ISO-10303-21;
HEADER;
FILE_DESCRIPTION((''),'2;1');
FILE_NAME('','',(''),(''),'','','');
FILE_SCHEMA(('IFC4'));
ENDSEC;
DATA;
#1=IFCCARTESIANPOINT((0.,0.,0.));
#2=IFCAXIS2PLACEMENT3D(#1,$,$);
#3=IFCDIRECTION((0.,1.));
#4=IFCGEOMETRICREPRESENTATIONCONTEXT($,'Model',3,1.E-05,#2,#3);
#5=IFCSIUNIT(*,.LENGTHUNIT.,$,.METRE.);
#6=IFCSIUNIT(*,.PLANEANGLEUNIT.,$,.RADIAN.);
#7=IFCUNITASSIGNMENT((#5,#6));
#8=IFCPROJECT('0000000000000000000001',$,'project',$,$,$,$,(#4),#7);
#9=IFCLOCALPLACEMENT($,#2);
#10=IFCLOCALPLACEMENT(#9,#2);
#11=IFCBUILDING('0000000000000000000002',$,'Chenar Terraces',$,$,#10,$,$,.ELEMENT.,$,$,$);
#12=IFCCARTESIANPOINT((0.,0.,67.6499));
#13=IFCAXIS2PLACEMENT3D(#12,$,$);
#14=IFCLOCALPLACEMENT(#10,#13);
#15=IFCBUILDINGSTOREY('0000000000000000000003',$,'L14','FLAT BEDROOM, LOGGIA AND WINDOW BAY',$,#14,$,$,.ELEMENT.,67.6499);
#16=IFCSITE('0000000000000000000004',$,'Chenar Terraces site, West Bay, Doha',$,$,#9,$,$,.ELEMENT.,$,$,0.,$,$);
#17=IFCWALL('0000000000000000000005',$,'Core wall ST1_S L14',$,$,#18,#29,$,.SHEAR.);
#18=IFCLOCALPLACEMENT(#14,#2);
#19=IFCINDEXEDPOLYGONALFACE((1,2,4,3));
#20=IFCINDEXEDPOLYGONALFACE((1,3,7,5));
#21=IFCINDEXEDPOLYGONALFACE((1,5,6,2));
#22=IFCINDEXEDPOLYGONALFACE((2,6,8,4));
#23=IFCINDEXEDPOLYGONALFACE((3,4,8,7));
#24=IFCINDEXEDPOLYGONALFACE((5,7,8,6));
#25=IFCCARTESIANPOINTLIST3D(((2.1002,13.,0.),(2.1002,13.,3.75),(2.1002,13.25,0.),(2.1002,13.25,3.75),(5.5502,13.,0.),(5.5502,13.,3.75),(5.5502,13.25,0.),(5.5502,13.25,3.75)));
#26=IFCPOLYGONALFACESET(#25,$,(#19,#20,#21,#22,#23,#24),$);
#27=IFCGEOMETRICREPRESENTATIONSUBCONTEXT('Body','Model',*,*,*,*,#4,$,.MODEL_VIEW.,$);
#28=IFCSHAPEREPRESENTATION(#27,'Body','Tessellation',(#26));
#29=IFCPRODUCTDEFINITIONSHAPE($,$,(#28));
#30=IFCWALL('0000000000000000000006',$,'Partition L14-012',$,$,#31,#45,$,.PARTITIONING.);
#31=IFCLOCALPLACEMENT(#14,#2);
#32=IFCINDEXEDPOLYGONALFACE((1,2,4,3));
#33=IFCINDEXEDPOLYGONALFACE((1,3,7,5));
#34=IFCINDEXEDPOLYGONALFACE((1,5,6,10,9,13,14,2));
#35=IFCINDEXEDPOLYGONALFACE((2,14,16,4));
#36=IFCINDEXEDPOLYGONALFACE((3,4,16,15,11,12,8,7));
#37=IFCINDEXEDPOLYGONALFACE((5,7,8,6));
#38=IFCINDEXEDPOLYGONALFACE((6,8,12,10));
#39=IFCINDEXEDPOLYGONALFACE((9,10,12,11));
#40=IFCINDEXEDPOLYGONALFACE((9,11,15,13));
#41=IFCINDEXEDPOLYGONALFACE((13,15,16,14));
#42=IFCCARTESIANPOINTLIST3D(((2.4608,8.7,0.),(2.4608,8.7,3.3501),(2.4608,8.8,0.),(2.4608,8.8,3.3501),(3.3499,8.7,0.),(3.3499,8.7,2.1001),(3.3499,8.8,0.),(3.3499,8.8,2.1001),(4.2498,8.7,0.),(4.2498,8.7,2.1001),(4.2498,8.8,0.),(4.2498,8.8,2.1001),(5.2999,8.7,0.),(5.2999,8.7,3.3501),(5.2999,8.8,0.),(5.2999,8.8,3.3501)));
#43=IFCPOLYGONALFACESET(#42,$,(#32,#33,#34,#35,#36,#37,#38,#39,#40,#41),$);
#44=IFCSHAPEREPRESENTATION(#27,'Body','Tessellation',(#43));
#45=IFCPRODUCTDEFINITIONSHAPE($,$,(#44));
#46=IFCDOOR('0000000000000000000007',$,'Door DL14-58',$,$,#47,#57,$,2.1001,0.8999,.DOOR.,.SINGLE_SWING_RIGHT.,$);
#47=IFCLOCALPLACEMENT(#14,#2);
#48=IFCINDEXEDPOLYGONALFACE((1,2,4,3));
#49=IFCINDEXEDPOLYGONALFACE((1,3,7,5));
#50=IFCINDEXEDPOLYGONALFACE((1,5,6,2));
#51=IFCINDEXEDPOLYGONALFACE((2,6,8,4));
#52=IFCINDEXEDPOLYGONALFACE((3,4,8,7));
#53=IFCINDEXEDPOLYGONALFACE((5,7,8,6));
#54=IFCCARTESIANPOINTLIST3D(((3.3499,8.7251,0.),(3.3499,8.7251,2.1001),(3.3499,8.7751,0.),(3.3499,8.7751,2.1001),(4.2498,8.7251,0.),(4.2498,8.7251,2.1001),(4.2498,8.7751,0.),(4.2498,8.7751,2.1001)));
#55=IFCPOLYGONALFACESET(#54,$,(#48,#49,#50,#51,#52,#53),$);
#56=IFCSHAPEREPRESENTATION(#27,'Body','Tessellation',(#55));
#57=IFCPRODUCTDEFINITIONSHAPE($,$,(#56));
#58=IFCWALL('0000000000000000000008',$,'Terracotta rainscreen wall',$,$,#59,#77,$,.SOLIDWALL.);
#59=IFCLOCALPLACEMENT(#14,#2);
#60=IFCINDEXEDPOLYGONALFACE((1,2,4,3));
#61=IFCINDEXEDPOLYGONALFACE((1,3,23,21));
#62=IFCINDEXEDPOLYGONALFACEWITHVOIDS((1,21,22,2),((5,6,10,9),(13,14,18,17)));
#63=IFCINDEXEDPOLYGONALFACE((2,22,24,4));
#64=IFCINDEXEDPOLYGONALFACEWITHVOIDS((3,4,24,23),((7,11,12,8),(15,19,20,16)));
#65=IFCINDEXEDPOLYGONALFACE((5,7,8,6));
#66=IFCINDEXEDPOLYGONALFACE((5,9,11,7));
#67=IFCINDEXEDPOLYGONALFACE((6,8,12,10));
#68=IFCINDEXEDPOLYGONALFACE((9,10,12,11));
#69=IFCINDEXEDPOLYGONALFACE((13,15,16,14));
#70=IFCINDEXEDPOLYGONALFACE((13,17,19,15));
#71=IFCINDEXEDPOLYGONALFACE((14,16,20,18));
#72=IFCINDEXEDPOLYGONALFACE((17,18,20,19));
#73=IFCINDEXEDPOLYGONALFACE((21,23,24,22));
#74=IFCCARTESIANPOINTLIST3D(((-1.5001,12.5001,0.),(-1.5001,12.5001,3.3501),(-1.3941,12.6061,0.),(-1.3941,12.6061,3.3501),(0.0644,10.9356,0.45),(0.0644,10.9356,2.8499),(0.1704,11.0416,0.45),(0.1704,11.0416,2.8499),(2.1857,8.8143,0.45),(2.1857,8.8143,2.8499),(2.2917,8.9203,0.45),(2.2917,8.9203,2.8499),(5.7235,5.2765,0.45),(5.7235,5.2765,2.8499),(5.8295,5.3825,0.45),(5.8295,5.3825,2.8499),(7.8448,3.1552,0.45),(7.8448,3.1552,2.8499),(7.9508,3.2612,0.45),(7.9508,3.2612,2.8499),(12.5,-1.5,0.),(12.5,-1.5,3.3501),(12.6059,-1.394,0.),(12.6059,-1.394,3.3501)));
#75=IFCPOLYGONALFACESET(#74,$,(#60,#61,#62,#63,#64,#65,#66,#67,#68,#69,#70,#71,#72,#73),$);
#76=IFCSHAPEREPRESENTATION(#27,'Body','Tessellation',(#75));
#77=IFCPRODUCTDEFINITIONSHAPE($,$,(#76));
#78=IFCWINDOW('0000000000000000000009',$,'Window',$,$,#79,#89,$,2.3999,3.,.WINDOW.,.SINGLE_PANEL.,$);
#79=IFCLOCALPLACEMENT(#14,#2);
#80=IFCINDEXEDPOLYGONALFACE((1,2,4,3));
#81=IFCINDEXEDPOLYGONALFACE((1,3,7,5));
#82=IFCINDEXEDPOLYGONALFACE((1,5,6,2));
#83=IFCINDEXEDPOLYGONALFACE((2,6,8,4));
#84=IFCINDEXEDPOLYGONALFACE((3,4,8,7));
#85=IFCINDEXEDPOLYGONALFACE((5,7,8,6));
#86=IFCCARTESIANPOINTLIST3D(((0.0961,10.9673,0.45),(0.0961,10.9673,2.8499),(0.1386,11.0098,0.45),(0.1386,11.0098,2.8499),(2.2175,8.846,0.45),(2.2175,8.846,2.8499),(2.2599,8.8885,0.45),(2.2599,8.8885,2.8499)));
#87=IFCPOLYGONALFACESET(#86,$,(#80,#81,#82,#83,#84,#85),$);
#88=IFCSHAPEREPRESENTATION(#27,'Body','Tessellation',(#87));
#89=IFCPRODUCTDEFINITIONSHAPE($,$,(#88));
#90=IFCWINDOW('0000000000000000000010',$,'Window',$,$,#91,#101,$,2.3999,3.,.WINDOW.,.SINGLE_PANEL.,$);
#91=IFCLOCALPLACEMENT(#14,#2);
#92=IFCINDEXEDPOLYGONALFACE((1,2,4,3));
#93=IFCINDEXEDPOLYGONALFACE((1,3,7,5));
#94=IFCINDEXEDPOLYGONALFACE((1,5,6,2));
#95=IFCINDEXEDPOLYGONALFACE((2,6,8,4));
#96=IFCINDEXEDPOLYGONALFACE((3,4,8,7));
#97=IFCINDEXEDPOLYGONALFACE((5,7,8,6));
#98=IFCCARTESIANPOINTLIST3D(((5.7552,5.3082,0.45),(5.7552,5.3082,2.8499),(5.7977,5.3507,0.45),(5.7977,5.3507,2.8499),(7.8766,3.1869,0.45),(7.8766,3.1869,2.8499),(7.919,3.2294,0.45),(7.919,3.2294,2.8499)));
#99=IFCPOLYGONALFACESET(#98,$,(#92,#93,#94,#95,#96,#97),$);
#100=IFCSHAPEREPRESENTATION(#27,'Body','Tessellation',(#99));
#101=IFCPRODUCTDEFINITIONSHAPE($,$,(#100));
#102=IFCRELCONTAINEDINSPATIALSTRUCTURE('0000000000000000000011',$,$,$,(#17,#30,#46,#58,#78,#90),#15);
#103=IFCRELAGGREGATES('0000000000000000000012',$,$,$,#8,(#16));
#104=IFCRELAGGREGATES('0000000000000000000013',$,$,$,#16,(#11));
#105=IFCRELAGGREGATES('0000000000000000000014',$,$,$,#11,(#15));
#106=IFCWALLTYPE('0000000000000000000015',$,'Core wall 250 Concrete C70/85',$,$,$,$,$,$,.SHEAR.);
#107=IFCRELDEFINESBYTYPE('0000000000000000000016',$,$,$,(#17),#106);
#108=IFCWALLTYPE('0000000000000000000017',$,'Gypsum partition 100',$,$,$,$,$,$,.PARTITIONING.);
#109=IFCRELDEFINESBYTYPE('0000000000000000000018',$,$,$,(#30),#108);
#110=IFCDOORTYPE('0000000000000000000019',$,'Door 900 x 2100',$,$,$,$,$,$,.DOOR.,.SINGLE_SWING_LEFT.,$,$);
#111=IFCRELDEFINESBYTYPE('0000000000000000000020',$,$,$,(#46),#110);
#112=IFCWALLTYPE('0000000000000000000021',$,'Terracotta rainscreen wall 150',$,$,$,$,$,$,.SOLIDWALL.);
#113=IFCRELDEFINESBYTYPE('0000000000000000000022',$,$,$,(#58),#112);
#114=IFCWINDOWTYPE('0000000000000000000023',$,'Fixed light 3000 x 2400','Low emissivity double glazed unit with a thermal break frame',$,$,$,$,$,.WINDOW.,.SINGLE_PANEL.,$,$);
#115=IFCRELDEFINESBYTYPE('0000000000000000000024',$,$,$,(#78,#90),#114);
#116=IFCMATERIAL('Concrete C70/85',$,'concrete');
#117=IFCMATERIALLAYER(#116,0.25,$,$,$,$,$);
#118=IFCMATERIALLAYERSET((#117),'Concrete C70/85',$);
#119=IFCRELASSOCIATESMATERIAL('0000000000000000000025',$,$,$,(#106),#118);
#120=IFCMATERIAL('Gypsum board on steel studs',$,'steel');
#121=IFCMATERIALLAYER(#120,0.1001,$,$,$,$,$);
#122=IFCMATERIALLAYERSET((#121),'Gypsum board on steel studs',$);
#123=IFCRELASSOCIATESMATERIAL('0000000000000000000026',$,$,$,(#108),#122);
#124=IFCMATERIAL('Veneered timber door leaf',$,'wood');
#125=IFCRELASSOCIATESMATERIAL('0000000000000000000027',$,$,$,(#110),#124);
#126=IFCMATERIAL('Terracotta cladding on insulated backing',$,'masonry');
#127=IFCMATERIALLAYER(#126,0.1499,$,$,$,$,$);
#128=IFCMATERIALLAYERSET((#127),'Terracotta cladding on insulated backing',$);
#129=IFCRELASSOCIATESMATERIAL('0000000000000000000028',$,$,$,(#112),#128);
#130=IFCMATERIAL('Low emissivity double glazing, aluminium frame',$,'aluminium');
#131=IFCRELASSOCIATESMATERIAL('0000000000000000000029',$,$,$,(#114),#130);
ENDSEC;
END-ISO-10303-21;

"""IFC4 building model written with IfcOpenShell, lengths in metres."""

from ifc_helpers import new_model, si_unit, direction, frame, frame_2d, origin, place, context, subcontext, project, spatial, rectangle, extrude, material, layer, layer_set, type_object, element, fill, save


model = new_model("IFC4")

# Units and contexts
model_context = context("Model", 3, precision=1e-05, world=origin(), true_north=direction((0.0, 1.0)))
body_context = subcontext(model_context, "Body", "Model", "MODEL_VIEW")
ifc_project = project(units=[si_unit("LENGTHUNIT", "METRE"), si_unit("PLANEANGLEUNIT", "RADIAN")], contexts=[model_context])

# Site, building, storey
site_placement = place(None, origin())
site = spatial("IfcSite", under=ifc_project, at=site_placement, Name="Chenar Terraces site, West Bay, Doha", CompositionType="ELEMENT", RefElevation=0.0)
building_placement = place(site_placement, origin())
building = spatial("IfcBuilding", under=site, at=building_placement, Name="Chenar Terraces", CompositionType="ELEMENT")
storey_placement = place(building_placement, frame((0.0, 0.0, 67.6499)))
storey = spatial("IfcBuildingStorey", under=building, at=storey_placement, Name="L14", Description="FLAT BEDROOM, LOGGIA AND WINDOW BAY", CompositionType="ELEMENT", Elevation=67.6499)

# Wall
ifc_material_1 = material(Name="Concrete C70/85", Category="concrete")
ifc_layer_1 = layer(ifc_material_1, 0.25)
ifc_layer_set_1 = layer_set([ifc_layer_1], Name="Concrete C70/85")
wall_type_1 = type_object("IfcWallType", Name="Core wall 250 Concrete C70/85", PredefinedType="SHEAR", material=ifc_layer_set_1)
wall_1_placement = place(storey_placement, frame((2.1001, 13.125, 0.0), z_axis=(0.0, 0.0, 1.0), x_axis=(1.0, 0.0, 0.0)))
element("IfcWall", 1, at=wall_1_placement, inside=storey, type_object=wall_type_1, Name="Core wall ST1_S L14", PredefinedType="SHEAR", context=body_context, shape_type="SweptSolid", body=[
    extrude(rectangle(XDim=3.45, YDim=0.25, at=frame_2d((1.7251, 0.0))), origin(), (0.0, 0.0, 1.0), 3.75),
])

# Wall, opening, door
ifc_material_2 = material(Name="Gypsum board on steel studs", Category="steel")
ifc_layer_2 = layer(ifc_material_2, 0.1001)
ifc_layer_set_2 = layer_set([ifc_layer_2], Name="Gypsum board on steel studs")
wall_type_2 = type_object("IfcWallType", Name="Gypsum partition 100", PredefinedType="PARTITIONING", material=ifc_layer_set_2)
wall_2_placement = place(storey_placement, frame((2.4609, 8.75, 0.0), z_axis=(0.0, 0.0, 1.0), x_axis=(1.0, 0.0, 0.0)))
wall_2 = element("IfcWall", 2, at=wall_2_placement, inside=storey, type_object=wall_type_2, Name="Partition L14-012", PredefinedType="PARTITIONING", context=body_context, shape_type="SweptSolid", body=[
    extrude(rectangle(XDim=2.8391, YDim=0.1001, at=frame_2d((1.4194, 0.0))), origin(), (0.0, 0.0, 1.0), 3.3501),
])
opening_1_placement = place(wall_2_placement, frame((0.8889, 0.0, 0.0)))
opening_1 = element("IfcOpeningElement", 3, at=opening_1_placement, cuts=wall_2, PredefinedType="OPENING", context=body_context, shape_type="SweptSolid", body=[
    extrude(rectangle(XDim=0.8999, YDim=2.1001, at=frame_2d((0.45, 1.05))), frame((0.0, 0.0601, 0.0), z_axis=(0.0, -1.0, 0.0), x_axis=(1.0, 0.0, 0.0)), (0.0, 0.0, 1.0), 0.1201),
])
ifc_material_3 = material(Name="Veneered timber door leaf", Category="wood")
door_type = type_object("IfcDoorType", Name="Door 900 x 2100", OperationType="SINGLE_SWING_LEFT", PredefinedType="DOOR", material=ifc_material_3)
door_placement = place(opening_1_placement, frame((0.8999, 0.0, 0.0), z_axis=(0.0, 0.0, 1.0), x_axis=(-1.0, 0.0, 0.0)))
door = element("IfcDoor", 4, at=door_placement, inside=storey, type_object=door_type, Name="Door DL14-58", OperationType="SINGLE_SWING_RIGHT", OverallHeight=2.1001, OverallWidth=0.8999, PredefinedType="DOOR", context=body_context, shape_type="SweptSolid", body=[
    extrude(rectangle(XDim=0.8999, YDim=2.1001, at=frame_2d((0.45, 1.05))), frame((0.0, 0.0249, 0.0), z_axis=(0.0, -1.0, 0.0), x_axis=(1.0, 0.0, 0.0)), (0.0, 0.0, 1.0), 0.05),
])
fill(opening_1, door)

# Wall, openings, windows
ifc_material_4 = material(Name="Terracotta cladding on insulated backing", Category="masonry")
ifc_layer_3 = layer(ifc_material_4, 0.1499)
ifc_layer_set_3 = layer_set([ifc_layer_3], Name="Terracotta cladding on insulated backing")
wall_type_3 = type_object("IfcWallType", Name="Terracotta rainscreen wall 150", PredefinedType="SOLIDWALL", material=ifc_layer_set_3)
wall_3_placement = place(storey_placement, frame((-1.447, 12.553, 0.0), z_axis=(0.0, 0.0, 1.0), x_axis=(0.707107, -0.707107, 0.0)))
wall_3 = element("IfcWall", 5, at=wall_3_placement, inside=storey, type_object=wall_type_3, Name="Terracotta rainscreen wall", PredefinedType="SOLIDWALL", context=body_context, shape_type="SweptSolid", body=[
    extrude(rectangle(XDim=19.7991, YDim=0.1499, at=frame_2d((9.8994, 0.0))), origin(), (0.0, 0.0, 1.0), 3.3501),
])
opening_2_placement = place(wall_3_placement, frame((2.2124, 0.0, 0.45)))
opening_2 = element("IfcOpeningElement", 6, at=opening_2_placement, cuts=wall_3, PredefinedType="OPENING", context=body_context, shape_type="SweptSolid", body=[
    extrude(rectangle(XDim=3.0, YDim=2.3999, at=frame_2d((1.5, 1.2))), frame((0.0, 0.085, 0.0), z_axis=(0.0, -1.0, 0.0), x_axis=(1.0, 0.0, 0.0)), (0.0, 0.0, 1.0), 0.1699),
])
opening_3_placement = place(wall_3_placement, frame((10.2156, 0.0, 0.45)))
opening_3 = element("IfcOpeningElement", 7, at=opening_3_placement, cuts=wall_3, PredefinedType="OPENING", context=body_context, shape_type="SweptSolid", body=[
    extrude(rectangle(XDim=3.0, YDim=2.3999, at=frame_2d((1.5, 1.2))), frame((0.0, 0.085, 0.0), z_axis=(0.0, -1.0, 0.0), x_axis=(1.0, 0.0, 0.0)), (0.0, 0.0, 1.0), 0.1699),
])
ifc_material_5 = material(Name="Low emissivity double glazing, aluminium frame", Category="aluminium")
window_type = type_object("IfcWindowType", Name="Fixed light 3000 x 2400", Description="Low emissivity double glazed unit with a thermal break frame", PartitioningType="SINGLE_PANEL", PredefinedType="WINDOW", material=ifc_material_5)
window_1_placement = place(opening_2_placement, origin())
window_1 = element("IfcWindow", 8, at=window_1_placement, inside=storey, type_object=window_type, Name="Window", OverallHeight=2.3999, OverallWidth=3.0, PartitioningType="SINGLE_PANEL", PredefinedType="WINDOW", context=body_context, shape_type="SweptSolid", body=[
    extrude(rectangle(XDim=3.0, YDim=2.3999, at=frame_2d((1.5, 1.2))), frame((0.0, 0.03, 0.0), z_axis=(0.0, -1.0, 0.0), x_axis=(1.0, 0.0, 0.0)), (0.0, 0.0, 1.0), 0.0601),
])
fill(opening_2, window_1)
window_2_placement = place(opening_3_placement, origin())
window_2 = element("IfcWindow", 9, at=window_2_placement, inside=storey, type_object=window_type, Name="Window", OverallHeight=2.3999, OverallWidth=3.0, PartitioningType="SINGLE_PANEL", PredefinedType="WINDOW", context=body_context, shape_type="SweptSolid", body=[
    extrude(rectangle(XDim=3.0, YDim=2.3999, at=frame_2d((1.5, 1.2))), frame((0.0, 0.03, 0.0), z_axis=(0.0, -1.0, 0.0), x_axis=(1.0, 0.0, 0.0)), (0.0, 0.0, 1.0), 0.0601),
])
fill(opening_3, window_2)

save(model, "model.ifc")
